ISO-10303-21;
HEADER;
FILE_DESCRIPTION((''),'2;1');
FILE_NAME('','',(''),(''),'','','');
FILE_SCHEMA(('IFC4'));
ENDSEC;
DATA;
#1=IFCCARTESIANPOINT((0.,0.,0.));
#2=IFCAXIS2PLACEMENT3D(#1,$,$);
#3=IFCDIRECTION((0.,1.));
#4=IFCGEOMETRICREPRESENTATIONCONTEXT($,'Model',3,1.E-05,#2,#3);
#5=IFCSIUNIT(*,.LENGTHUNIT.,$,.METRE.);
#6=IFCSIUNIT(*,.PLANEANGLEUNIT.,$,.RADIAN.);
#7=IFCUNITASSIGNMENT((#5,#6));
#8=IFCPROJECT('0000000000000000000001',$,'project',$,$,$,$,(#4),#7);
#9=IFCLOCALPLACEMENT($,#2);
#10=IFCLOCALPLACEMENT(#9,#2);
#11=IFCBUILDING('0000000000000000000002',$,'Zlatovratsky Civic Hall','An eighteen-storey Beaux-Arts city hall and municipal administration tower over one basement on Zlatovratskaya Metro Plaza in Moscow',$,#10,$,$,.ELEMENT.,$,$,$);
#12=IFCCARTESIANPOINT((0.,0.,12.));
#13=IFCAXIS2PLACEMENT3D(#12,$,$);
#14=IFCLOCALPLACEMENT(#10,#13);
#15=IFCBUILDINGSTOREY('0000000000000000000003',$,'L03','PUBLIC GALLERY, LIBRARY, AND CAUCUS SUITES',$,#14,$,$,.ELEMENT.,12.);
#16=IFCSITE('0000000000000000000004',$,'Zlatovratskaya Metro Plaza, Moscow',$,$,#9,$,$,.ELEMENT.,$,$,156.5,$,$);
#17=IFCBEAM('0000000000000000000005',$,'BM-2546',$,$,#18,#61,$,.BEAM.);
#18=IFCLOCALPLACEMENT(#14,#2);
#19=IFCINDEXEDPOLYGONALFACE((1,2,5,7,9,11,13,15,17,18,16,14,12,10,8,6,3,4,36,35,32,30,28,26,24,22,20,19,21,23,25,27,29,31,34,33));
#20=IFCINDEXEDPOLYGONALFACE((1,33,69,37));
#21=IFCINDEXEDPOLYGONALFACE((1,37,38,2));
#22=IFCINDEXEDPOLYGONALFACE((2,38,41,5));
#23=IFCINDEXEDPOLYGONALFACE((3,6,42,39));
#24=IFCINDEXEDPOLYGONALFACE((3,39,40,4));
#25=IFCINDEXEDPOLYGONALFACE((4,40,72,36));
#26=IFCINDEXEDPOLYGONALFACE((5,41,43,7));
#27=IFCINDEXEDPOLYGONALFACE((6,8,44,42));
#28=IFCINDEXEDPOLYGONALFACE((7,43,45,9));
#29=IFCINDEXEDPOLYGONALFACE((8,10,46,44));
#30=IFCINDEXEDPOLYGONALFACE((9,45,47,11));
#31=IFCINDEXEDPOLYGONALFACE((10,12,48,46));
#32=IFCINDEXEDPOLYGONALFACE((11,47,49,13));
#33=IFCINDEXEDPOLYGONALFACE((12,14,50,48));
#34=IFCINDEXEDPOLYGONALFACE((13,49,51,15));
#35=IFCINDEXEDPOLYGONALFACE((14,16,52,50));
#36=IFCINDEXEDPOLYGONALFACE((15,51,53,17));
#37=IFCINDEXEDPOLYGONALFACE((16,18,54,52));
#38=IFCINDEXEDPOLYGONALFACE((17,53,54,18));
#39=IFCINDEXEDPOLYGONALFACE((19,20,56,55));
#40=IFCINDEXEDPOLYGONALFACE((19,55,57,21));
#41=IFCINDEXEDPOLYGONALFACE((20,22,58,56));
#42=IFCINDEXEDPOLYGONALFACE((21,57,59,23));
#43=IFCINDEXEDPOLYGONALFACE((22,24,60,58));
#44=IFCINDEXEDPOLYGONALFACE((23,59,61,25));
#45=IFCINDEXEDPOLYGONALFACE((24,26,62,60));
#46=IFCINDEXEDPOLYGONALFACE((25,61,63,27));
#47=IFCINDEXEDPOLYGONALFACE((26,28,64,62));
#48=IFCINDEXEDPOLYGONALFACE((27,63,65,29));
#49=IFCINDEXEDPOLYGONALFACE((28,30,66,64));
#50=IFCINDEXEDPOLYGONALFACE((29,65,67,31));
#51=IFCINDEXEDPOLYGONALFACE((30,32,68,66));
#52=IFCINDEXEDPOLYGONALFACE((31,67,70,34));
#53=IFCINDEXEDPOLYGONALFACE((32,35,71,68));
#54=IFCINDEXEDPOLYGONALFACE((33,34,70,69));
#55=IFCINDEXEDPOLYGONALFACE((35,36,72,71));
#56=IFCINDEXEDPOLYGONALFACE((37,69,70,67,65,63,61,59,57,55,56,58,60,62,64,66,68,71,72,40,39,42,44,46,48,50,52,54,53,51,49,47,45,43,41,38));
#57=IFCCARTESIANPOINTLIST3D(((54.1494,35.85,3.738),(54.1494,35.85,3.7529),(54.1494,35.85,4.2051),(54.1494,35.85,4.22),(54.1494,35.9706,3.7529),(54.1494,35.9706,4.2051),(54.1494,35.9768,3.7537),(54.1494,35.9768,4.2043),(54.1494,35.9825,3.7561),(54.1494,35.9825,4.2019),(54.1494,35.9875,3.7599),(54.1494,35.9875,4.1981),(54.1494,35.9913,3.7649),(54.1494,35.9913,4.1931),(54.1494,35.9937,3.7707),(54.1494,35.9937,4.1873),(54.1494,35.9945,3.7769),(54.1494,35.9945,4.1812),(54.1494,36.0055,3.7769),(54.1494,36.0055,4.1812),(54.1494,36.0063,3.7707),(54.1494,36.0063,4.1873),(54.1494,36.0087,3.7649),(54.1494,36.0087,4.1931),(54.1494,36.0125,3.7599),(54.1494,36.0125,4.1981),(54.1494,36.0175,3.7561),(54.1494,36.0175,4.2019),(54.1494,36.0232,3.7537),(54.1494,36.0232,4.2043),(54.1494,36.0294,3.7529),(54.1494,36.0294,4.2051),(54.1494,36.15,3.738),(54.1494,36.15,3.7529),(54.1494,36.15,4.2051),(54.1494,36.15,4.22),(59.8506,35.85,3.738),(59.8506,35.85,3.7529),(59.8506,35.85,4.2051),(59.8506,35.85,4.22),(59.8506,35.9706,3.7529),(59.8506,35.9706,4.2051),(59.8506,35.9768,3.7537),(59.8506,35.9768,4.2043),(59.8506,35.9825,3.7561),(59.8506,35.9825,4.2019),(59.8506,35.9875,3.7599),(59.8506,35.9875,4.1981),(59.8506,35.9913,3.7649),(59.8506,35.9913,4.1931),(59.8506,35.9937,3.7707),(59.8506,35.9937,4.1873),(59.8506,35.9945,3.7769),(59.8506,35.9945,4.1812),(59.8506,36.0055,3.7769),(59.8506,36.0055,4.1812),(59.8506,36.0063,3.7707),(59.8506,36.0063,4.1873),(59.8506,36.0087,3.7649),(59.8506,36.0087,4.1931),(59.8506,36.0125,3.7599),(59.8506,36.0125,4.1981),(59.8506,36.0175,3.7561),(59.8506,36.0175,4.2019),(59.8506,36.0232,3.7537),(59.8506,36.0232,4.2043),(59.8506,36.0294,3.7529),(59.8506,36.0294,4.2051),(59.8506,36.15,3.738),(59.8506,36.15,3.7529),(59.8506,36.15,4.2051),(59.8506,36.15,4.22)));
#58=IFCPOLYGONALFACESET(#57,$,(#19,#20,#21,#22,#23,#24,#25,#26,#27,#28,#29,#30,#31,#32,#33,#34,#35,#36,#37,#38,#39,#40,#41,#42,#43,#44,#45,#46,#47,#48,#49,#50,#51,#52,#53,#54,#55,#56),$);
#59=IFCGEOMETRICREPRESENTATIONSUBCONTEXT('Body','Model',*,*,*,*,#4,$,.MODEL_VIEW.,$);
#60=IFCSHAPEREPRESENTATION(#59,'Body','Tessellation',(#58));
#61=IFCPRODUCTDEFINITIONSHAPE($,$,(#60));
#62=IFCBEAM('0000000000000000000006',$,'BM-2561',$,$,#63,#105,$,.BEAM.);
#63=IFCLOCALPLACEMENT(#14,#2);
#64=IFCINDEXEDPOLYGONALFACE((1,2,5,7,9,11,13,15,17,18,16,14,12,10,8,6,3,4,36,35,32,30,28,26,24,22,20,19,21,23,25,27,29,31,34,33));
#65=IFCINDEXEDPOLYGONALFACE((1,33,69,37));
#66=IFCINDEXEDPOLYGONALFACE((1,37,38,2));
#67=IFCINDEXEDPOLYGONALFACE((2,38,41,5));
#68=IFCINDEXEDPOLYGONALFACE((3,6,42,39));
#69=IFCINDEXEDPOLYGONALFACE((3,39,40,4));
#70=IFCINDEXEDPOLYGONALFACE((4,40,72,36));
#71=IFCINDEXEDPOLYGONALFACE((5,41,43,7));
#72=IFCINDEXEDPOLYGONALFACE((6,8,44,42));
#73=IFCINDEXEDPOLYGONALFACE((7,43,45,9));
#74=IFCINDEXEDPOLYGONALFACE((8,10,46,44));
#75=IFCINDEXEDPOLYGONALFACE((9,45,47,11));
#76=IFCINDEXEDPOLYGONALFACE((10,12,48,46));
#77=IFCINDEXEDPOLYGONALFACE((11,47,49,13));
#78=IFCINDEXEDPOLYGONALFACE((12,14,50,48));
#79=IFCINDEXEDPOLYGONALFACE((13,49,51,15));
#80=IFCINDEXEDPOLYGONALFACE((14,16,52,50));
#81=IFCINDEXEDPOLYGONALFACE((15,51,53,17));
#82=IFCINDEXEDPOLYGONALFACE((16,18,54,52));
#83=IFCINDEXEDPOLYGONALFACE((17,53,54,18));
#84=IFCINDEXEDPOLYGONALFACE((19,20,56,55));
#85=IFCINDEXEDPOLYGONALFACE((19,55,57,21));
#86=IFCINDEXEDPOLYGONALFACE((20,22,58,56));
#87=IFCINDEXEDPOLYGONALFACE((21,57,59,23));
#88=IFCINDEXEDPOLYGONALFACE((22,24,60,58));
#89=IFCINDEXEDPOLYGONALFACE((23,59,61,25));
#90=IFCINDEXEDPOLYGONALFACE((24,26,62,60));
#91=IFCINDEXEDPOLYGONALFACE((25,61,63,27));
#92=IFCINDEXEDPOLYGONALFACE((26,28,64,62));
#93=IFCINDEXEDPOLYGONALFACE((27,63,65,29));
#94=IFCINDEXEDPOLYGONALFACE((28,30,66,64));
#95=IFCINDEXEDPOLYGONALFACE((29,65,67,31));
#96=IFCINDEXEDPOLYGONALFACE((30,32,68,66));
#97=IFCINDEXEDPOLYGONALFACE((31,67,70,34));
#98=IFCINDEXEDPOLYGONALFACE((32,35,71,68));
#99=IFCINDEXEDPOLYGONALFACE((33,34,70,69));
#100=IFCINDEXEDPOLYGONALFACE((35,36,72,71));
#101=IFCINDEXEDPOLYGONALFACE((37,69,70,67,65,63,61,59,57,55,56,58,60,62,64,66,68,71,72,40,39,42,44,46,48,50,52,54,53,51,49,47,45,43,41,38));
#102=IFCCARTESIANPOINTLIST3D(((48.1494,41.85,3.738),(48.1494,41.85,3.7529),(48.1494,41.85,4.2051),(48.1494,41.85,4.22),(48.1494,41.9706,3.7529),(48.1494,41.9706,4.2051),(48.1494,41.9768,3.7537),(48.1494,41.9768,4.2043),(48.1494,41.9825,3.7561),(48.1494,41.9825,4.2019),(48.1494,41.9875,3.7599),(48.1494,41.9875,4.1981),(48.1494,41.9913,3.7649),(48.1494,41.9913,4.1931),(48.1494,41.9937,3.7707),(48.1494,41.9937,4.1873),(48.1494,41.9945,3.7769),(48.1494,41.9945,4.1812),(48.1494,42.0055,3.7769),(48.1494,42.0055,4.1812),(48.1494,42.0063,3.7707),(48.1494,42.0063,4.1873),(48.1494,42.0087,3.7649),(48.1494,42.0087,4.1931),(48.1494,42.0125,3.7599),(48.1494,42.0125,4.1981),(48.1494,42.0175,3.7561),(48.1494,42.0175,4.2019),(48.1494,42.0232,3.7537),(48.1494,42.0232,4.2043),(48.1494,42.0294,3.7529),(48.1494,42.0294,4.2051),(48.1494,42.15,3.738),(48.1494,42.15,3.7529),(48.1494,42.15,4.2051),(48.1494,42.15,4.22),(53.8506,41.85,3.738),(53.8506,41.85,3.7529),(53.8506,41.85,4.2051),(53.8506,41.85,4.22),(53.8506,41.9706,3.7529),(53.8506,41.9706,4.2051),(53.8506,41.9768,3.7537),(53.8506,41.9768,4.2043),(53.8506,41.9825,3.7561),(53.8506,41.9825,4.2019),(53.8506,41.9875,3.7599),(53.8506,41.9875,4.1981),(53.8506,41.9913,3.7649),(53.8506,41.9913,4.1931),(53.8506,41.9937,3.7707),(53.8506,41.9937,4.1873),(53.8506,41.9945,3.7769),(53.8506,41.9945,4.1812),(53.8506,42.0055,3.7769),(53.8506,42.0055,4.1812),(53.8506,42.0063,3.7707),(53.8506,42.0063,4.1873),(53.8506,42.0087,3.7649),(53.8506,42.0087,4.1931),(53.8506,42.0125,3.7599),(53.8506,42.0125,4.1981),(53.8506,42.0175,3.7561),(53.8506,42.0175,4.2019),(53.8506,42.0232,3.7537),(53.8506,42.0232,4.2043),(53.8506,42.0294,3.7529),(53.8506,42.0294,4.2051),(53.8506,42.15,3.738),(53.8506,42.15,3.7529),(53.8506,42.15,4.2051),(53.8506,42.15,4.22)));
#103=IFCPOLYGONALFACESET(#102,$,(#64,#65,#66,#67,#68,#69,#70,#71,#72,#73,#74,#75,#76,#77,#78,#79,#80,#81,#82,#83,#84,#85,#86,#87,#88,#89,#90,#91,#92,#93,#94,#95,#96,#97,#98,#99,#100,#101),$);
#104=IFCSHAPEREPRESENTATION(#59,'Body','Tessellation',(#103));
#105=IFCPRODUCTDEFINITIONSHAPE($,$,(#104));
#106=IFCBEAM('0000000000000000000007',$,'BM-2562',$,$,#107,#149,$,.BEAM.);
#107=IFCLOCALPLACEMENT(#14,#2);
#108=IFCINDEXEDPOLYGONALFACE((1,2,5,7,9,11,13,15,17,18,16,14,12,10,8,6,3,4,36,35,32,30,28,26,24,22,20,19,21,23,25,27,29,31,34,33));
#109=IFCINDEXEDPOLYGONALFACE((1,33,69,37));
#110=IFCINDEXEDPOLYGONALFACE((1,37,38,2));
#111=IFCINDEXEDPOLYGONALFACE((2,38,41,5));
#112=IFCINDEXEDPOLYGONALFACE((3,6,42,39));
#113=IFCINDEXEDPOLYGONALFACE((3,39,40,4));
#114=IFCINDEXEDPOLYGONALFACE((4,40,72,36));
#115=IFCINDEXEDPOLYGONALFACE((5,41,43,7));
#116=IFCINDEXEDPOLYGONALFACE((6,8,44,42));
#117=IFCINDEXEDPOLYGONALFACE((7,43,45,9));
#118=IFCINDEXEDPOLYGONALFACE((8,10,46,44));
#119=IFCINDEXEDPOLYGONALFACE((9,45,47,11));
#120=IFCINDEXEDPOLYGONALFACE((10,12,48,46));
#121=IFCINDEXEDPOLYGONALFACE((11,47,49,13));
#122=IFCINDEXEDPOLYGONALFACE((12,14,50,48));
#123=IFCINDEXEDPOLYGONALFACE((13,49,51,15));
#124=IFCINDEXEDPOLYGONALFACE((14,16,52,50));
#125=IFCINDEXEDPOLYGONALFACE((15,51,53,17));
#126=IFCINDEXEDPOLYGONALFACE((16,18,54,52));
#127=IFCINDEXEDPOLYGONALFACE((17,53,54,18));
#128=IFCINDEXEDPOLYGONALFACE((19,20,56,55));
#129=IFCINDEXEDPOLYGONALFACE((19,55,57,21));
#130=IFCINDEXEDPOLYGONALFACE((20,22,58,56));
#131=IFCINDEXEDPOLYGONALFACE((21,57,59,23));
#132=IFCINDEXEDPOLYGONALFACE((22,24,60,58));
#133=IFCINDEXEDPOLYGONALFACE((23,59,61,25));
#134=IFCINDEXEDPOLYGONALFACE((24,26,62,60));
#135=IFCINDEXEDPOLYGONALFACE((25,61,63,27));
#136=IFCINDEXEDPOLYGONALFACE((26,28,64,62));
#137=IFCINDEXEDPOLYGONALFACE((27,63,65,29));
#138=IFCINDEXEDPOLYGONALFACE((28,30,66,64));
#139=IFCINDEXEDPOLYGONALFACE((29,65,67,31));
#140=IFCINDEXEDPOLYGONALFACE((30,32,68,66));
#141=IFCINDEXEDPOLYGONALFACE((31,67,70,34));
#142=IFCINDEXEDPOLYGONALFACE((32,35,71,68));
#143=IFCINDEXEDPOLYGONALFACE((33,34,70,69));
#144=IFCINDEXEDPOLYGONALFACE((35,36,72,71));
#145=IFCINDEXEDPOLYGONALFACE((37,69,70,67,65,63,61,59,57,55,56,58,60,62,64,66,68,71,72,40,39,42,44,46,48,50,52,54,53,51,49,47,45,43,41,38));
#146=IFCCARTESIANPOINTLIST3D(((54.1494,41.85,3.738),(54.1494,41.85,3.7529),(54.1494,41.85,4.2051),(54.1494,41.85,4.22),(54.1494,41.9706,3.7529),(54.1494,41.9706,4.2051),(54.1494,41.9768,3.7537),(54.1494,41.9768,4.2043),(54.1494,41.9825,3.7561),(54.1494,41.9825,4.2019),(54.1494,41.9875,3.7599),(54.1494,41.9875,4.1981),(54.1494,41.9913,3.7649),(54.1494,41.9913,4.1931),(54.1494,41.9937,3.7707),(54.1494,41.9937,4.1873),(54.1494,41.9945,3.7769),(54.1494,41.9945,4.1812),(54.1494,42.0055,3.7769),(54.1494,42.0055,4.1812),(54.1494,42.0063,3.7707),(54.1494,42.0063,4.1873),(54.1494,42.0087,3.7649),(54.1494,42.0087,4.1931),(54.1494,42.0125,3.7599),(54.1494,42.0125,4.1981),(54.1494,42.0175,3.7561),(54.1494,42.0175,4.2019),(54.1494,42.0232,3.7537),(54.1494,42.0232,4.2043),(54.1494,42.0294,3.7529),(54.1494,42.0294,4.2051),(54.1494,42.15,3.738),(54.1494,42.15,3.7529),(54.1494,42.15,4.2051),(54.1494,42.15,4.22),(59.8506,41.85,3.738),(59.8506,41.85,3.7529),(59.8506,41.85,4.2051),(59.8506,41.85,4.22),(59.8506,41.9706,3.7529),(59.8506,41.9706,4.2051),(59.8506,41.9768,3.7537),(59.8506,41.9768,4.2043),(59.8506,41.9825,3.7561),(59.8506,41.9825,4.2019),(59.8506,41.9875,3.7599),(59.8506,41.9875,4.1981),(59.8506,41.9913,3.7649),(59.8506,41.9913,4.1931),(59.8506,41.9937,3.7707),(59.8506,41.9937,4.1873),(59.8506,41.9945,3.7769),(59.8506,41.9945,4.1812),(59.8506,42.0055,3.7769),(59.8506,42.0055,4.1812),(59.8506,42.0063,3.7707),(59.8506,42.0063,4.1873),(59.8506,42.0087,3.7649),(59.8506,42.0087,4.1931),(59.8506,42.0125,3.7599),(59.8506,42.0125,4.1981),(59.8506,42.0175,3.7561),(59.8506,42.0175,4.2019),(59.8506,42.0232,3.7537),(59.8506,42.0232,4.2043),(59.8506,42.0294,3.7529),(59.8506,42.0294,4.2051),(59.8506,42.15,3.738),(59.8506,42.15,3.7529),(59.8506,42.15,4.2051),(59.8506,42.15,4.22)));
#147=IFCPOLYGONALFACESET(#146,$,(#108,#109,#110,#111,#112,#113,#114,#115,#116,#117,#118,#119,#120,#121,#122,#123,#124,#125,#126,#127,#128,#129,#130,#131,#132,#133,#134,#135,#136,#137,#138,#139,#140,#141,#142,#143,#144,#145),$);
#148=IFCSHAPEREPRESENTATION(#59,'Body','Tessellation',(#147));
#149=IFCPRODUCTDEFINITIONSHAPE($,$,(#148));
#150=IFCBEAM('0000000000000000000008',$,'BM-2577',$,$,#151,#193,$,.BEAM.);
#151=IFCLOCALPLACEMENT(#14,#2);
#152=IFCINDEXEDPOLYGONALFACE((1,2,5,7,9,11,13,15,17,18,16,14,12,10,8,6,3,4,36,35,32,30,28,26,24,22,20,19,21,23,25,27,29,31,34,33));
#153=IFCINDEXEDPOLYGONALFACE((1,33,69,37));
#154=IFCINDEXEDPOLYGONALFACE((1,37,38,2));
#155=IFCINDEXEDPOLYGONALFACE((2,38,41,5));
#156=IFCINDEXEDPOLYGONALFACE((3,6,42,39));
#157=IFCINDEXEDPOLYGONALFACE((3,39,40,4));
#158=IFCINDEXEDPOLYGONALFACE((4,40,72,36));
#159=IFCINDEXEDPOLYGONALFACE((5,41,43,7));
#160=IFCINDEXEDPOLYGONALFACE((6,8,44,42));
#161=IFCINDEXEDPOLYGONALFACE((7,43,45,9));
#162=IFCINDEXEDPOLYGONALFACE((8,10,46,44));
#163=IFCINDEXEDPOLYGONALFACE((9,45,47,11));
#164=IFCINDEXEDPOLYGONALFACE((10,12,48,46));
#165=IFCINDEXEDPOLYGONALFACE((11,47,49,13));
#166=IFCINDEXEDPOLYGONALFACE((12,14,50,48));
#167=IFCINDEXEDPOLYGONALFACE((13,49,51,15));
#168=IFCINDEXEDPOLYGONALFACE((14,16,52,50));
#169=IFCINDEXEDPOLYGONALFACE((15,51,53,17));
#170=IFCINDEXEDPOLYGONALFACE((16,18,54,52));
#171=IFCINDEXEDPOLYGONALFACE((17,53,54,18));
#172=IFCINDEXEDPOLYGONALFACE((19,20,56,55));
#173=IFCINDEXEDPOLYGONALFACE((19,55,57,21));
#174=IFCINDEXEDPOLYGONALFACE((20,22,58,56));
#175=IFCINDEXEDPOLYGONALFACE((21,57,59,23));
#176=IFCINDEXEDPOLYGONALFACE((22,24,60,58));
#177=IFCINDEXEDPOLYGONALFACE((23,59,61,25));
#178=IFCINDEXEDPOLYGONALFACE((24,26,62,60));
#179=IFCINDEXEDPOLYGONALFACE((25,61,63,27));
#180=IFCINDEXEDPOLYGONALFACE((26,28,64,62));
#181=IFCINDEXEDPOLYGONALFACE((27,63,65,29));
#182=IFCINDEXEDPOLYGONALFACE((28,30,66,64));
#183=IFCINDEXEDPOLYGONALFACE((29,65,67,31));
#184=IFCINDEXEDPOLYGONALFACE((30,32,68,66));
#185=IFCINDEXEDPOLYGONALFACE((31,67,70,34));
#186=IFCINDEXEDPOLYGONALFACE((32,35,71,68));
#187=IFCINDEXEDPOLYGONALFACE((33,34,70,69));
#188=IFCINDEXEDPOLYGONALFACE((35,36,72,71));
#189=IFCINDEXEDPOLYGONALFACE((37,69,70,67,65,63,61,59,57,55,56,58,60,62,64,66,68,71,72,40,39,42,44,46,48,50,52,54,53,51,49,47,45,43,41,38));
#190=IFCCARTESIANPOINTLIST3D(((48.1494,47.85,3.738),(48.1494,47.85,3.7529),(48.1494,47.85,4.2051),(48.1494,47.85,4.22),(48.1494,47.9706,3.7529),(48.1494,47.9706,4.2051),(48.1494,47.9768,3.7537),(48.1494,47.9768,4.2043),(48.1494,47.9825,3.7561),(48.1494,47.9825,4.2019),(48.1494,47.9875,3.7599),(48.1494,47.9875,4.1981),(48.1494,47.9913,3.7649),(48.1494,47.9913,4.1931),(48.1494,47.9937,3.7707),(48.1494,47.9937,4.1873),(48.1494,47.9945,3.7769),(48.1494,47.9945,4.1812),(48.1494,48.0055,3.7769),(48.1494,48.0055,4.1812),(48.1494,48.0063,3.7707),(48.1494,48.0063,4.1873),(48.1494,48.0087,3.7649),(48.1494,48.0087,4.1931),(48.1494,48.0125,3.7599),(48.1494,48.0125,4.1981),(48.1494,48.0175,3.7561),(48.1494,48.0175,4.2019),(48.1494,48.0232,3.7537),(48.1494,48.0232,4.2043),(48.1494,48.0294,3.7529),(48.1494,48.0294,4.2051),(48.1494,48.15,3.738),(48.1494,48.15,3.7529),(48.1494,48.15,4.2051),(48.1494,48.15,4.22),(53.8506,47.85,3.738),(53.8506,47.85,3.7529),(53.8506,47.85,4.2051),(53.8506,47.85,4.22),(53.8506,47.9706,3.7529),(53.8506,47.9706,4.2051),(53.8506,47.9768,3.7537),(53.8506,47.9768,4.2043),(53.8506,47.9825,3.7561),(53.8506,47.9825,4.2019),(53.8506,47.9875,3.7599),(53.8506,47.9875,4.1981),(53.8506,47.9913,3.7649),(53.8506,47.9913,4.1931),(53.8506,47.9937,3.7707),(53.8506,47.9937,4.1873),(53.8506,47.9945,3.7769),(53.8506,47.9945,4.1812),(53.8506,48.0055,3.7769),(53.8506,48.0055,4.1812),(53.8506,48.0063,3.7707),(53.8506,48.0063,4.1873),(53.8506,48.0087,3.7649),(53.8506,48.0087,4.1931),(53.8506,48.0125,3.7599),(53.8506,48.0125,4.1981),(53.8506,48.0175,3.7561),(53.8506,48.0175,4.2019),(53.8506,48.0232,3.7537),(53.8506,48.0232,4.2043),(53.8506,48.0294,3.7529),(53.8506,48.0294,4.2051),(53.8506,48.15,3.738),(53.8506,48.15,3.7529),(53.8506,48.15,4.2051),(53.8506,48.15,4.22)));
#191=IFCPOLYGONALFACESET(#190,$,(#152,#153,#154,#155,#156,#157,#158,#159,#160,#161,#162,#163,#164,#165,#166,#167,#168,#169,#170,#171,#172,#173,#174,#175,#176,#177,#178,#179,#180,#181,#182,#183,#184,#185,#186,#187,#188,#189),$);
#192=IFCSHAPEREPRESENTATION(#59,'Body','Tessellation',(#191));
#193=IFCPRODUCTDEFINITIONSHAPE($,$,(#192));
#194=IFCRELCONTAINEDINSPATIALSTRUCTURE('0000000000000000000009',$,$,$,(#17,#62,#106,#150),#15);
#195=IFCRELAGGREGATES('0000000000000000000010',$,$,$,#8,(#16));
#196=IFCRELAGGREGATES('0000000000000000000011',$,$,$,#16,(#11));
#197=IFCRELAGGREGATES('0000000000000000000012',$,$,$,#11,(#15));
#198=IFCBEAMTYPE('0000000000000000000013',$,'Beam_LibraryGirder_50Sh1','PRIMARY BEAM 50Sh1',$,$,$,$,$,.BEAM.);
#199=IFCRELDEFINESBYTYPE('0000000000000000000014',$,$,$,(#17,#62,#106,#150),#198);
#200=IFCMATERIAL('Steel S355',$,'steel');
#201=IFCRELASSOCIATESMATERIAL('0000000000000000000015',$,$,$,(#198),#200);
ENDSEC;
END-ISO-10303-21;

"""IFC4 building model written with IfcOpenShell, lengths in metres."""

from ifc_helpers import new_model, si_unit, direction, frame, origin, origin_2d, place, context, subcontext, project, spatial, i_section, extrude, material, material_profile, profile_set, type_object, element, save


model = new_model("IFC4")

# Units and contexts
model_context = context("Model", 3, precision=1e-05, world=origin(), true_north=direction((0.0, 1.0)))
body_context = subcontext(model_context, "Body", "Model", "MODEL_VIEW")
ifc_project = project(units=[si_unit("LENGTHUNIT", "METRE"), si_unit("PLANEANGLEUNIT", "RADIAN")], contexts=[model_context])

# Site, building, storey
site_placement = place(None, origin())
site = spatial("IfcSite", under=ifc_project, at=site_placement, Name="Zlatovratskaya Metro Plaza, Moscow", CompositionType="ELEMENT", RefElevation=156.5)
building_placement = place(site_placement, origin())
building = spatial("IfcBuilding", under=site, at=building_placement, Name="Zlatovratsky Civic Hall", Description="An eighteen-storey Beaux-Arts city hall and municipal administration tower over one basement on Zlatovratskaya Metro Plaza in Moscow", CompositionType="ELEMENT")
storey_placement = place(building_placement, frame((0.0, 0.0, 12.0)))
storey = spatial("IfcBuildingStorey", under=building, at=storey_placement, Name="L03", Description="PUBLIC GALLERY, LIBRARY, AND CAUCUS SUITES", CompositionType="ELEMENT", Elevation=12.0)

# Shared definitions
ifc_material_1 = material(Name="Steel S355", Category="steel")

# Beams
ifc_material_profile_1 = material_profile(ifc_material_1, i_section(OverallWidth=0.3, OverallDepth=0.4819, WebThickness=0.011, FlangeThickness=0.0149, FilletRadius=0.0239, at=origin_2d()), Name="50Sh1")
ifc_profile_set_1 = profile_set([ifc_material_profile_1], Name="Steel S355")
beam_type = type_object("IfcBeamType", Name="Beam_LibraryGirder_50Sh1", Description="PRIMARY BEAM 50Sh1", PredefinedType="BEAM", material=ifc_profile_set_1)
for number, where, z_axis, x_axis, name in (
    (1, (54.1494, 36.0, 3.979), (1.0, 0.0, 0.0), (0.0, 1.0, 0.0), "BM-2546"),
    (2, (48.1494, 42.0, 3.979), (1.0, 0.0, 0.0), (0.0, 1.0, 0.0), "BM-2561"),
    (3, (54.1494, 42.0, 3.979), (1.0, 0.0, 0.0), (0.0, 1.0, 0.0), "BM-2562"),
    (4, (48.1494, 48.0, 3.979), (1.0, 0.0, 0.0), (0.0, 1.0, 0.0), "BM-2577"),
):
    element("IfcBeam", number, at=place(storey_placement, frame(where, z_axis=z_axis, x_axis=x_axis)), inside=storey, type_object=beam_type, Name=name, PredefinedType="BEAM", context=body_context, shape_type="SweptSolid", body=[
        extrude(i_section(OverallWidth=0.3, OverallDepth=0.4819, WebThickness=0.011, FlangeThickness=0.0149, FilletRadius=0.0239, at=origin_2d()), origin(), (0.0, 0.0, 1.0), 5.7012),
    ])

save(model, "model.ifc")
